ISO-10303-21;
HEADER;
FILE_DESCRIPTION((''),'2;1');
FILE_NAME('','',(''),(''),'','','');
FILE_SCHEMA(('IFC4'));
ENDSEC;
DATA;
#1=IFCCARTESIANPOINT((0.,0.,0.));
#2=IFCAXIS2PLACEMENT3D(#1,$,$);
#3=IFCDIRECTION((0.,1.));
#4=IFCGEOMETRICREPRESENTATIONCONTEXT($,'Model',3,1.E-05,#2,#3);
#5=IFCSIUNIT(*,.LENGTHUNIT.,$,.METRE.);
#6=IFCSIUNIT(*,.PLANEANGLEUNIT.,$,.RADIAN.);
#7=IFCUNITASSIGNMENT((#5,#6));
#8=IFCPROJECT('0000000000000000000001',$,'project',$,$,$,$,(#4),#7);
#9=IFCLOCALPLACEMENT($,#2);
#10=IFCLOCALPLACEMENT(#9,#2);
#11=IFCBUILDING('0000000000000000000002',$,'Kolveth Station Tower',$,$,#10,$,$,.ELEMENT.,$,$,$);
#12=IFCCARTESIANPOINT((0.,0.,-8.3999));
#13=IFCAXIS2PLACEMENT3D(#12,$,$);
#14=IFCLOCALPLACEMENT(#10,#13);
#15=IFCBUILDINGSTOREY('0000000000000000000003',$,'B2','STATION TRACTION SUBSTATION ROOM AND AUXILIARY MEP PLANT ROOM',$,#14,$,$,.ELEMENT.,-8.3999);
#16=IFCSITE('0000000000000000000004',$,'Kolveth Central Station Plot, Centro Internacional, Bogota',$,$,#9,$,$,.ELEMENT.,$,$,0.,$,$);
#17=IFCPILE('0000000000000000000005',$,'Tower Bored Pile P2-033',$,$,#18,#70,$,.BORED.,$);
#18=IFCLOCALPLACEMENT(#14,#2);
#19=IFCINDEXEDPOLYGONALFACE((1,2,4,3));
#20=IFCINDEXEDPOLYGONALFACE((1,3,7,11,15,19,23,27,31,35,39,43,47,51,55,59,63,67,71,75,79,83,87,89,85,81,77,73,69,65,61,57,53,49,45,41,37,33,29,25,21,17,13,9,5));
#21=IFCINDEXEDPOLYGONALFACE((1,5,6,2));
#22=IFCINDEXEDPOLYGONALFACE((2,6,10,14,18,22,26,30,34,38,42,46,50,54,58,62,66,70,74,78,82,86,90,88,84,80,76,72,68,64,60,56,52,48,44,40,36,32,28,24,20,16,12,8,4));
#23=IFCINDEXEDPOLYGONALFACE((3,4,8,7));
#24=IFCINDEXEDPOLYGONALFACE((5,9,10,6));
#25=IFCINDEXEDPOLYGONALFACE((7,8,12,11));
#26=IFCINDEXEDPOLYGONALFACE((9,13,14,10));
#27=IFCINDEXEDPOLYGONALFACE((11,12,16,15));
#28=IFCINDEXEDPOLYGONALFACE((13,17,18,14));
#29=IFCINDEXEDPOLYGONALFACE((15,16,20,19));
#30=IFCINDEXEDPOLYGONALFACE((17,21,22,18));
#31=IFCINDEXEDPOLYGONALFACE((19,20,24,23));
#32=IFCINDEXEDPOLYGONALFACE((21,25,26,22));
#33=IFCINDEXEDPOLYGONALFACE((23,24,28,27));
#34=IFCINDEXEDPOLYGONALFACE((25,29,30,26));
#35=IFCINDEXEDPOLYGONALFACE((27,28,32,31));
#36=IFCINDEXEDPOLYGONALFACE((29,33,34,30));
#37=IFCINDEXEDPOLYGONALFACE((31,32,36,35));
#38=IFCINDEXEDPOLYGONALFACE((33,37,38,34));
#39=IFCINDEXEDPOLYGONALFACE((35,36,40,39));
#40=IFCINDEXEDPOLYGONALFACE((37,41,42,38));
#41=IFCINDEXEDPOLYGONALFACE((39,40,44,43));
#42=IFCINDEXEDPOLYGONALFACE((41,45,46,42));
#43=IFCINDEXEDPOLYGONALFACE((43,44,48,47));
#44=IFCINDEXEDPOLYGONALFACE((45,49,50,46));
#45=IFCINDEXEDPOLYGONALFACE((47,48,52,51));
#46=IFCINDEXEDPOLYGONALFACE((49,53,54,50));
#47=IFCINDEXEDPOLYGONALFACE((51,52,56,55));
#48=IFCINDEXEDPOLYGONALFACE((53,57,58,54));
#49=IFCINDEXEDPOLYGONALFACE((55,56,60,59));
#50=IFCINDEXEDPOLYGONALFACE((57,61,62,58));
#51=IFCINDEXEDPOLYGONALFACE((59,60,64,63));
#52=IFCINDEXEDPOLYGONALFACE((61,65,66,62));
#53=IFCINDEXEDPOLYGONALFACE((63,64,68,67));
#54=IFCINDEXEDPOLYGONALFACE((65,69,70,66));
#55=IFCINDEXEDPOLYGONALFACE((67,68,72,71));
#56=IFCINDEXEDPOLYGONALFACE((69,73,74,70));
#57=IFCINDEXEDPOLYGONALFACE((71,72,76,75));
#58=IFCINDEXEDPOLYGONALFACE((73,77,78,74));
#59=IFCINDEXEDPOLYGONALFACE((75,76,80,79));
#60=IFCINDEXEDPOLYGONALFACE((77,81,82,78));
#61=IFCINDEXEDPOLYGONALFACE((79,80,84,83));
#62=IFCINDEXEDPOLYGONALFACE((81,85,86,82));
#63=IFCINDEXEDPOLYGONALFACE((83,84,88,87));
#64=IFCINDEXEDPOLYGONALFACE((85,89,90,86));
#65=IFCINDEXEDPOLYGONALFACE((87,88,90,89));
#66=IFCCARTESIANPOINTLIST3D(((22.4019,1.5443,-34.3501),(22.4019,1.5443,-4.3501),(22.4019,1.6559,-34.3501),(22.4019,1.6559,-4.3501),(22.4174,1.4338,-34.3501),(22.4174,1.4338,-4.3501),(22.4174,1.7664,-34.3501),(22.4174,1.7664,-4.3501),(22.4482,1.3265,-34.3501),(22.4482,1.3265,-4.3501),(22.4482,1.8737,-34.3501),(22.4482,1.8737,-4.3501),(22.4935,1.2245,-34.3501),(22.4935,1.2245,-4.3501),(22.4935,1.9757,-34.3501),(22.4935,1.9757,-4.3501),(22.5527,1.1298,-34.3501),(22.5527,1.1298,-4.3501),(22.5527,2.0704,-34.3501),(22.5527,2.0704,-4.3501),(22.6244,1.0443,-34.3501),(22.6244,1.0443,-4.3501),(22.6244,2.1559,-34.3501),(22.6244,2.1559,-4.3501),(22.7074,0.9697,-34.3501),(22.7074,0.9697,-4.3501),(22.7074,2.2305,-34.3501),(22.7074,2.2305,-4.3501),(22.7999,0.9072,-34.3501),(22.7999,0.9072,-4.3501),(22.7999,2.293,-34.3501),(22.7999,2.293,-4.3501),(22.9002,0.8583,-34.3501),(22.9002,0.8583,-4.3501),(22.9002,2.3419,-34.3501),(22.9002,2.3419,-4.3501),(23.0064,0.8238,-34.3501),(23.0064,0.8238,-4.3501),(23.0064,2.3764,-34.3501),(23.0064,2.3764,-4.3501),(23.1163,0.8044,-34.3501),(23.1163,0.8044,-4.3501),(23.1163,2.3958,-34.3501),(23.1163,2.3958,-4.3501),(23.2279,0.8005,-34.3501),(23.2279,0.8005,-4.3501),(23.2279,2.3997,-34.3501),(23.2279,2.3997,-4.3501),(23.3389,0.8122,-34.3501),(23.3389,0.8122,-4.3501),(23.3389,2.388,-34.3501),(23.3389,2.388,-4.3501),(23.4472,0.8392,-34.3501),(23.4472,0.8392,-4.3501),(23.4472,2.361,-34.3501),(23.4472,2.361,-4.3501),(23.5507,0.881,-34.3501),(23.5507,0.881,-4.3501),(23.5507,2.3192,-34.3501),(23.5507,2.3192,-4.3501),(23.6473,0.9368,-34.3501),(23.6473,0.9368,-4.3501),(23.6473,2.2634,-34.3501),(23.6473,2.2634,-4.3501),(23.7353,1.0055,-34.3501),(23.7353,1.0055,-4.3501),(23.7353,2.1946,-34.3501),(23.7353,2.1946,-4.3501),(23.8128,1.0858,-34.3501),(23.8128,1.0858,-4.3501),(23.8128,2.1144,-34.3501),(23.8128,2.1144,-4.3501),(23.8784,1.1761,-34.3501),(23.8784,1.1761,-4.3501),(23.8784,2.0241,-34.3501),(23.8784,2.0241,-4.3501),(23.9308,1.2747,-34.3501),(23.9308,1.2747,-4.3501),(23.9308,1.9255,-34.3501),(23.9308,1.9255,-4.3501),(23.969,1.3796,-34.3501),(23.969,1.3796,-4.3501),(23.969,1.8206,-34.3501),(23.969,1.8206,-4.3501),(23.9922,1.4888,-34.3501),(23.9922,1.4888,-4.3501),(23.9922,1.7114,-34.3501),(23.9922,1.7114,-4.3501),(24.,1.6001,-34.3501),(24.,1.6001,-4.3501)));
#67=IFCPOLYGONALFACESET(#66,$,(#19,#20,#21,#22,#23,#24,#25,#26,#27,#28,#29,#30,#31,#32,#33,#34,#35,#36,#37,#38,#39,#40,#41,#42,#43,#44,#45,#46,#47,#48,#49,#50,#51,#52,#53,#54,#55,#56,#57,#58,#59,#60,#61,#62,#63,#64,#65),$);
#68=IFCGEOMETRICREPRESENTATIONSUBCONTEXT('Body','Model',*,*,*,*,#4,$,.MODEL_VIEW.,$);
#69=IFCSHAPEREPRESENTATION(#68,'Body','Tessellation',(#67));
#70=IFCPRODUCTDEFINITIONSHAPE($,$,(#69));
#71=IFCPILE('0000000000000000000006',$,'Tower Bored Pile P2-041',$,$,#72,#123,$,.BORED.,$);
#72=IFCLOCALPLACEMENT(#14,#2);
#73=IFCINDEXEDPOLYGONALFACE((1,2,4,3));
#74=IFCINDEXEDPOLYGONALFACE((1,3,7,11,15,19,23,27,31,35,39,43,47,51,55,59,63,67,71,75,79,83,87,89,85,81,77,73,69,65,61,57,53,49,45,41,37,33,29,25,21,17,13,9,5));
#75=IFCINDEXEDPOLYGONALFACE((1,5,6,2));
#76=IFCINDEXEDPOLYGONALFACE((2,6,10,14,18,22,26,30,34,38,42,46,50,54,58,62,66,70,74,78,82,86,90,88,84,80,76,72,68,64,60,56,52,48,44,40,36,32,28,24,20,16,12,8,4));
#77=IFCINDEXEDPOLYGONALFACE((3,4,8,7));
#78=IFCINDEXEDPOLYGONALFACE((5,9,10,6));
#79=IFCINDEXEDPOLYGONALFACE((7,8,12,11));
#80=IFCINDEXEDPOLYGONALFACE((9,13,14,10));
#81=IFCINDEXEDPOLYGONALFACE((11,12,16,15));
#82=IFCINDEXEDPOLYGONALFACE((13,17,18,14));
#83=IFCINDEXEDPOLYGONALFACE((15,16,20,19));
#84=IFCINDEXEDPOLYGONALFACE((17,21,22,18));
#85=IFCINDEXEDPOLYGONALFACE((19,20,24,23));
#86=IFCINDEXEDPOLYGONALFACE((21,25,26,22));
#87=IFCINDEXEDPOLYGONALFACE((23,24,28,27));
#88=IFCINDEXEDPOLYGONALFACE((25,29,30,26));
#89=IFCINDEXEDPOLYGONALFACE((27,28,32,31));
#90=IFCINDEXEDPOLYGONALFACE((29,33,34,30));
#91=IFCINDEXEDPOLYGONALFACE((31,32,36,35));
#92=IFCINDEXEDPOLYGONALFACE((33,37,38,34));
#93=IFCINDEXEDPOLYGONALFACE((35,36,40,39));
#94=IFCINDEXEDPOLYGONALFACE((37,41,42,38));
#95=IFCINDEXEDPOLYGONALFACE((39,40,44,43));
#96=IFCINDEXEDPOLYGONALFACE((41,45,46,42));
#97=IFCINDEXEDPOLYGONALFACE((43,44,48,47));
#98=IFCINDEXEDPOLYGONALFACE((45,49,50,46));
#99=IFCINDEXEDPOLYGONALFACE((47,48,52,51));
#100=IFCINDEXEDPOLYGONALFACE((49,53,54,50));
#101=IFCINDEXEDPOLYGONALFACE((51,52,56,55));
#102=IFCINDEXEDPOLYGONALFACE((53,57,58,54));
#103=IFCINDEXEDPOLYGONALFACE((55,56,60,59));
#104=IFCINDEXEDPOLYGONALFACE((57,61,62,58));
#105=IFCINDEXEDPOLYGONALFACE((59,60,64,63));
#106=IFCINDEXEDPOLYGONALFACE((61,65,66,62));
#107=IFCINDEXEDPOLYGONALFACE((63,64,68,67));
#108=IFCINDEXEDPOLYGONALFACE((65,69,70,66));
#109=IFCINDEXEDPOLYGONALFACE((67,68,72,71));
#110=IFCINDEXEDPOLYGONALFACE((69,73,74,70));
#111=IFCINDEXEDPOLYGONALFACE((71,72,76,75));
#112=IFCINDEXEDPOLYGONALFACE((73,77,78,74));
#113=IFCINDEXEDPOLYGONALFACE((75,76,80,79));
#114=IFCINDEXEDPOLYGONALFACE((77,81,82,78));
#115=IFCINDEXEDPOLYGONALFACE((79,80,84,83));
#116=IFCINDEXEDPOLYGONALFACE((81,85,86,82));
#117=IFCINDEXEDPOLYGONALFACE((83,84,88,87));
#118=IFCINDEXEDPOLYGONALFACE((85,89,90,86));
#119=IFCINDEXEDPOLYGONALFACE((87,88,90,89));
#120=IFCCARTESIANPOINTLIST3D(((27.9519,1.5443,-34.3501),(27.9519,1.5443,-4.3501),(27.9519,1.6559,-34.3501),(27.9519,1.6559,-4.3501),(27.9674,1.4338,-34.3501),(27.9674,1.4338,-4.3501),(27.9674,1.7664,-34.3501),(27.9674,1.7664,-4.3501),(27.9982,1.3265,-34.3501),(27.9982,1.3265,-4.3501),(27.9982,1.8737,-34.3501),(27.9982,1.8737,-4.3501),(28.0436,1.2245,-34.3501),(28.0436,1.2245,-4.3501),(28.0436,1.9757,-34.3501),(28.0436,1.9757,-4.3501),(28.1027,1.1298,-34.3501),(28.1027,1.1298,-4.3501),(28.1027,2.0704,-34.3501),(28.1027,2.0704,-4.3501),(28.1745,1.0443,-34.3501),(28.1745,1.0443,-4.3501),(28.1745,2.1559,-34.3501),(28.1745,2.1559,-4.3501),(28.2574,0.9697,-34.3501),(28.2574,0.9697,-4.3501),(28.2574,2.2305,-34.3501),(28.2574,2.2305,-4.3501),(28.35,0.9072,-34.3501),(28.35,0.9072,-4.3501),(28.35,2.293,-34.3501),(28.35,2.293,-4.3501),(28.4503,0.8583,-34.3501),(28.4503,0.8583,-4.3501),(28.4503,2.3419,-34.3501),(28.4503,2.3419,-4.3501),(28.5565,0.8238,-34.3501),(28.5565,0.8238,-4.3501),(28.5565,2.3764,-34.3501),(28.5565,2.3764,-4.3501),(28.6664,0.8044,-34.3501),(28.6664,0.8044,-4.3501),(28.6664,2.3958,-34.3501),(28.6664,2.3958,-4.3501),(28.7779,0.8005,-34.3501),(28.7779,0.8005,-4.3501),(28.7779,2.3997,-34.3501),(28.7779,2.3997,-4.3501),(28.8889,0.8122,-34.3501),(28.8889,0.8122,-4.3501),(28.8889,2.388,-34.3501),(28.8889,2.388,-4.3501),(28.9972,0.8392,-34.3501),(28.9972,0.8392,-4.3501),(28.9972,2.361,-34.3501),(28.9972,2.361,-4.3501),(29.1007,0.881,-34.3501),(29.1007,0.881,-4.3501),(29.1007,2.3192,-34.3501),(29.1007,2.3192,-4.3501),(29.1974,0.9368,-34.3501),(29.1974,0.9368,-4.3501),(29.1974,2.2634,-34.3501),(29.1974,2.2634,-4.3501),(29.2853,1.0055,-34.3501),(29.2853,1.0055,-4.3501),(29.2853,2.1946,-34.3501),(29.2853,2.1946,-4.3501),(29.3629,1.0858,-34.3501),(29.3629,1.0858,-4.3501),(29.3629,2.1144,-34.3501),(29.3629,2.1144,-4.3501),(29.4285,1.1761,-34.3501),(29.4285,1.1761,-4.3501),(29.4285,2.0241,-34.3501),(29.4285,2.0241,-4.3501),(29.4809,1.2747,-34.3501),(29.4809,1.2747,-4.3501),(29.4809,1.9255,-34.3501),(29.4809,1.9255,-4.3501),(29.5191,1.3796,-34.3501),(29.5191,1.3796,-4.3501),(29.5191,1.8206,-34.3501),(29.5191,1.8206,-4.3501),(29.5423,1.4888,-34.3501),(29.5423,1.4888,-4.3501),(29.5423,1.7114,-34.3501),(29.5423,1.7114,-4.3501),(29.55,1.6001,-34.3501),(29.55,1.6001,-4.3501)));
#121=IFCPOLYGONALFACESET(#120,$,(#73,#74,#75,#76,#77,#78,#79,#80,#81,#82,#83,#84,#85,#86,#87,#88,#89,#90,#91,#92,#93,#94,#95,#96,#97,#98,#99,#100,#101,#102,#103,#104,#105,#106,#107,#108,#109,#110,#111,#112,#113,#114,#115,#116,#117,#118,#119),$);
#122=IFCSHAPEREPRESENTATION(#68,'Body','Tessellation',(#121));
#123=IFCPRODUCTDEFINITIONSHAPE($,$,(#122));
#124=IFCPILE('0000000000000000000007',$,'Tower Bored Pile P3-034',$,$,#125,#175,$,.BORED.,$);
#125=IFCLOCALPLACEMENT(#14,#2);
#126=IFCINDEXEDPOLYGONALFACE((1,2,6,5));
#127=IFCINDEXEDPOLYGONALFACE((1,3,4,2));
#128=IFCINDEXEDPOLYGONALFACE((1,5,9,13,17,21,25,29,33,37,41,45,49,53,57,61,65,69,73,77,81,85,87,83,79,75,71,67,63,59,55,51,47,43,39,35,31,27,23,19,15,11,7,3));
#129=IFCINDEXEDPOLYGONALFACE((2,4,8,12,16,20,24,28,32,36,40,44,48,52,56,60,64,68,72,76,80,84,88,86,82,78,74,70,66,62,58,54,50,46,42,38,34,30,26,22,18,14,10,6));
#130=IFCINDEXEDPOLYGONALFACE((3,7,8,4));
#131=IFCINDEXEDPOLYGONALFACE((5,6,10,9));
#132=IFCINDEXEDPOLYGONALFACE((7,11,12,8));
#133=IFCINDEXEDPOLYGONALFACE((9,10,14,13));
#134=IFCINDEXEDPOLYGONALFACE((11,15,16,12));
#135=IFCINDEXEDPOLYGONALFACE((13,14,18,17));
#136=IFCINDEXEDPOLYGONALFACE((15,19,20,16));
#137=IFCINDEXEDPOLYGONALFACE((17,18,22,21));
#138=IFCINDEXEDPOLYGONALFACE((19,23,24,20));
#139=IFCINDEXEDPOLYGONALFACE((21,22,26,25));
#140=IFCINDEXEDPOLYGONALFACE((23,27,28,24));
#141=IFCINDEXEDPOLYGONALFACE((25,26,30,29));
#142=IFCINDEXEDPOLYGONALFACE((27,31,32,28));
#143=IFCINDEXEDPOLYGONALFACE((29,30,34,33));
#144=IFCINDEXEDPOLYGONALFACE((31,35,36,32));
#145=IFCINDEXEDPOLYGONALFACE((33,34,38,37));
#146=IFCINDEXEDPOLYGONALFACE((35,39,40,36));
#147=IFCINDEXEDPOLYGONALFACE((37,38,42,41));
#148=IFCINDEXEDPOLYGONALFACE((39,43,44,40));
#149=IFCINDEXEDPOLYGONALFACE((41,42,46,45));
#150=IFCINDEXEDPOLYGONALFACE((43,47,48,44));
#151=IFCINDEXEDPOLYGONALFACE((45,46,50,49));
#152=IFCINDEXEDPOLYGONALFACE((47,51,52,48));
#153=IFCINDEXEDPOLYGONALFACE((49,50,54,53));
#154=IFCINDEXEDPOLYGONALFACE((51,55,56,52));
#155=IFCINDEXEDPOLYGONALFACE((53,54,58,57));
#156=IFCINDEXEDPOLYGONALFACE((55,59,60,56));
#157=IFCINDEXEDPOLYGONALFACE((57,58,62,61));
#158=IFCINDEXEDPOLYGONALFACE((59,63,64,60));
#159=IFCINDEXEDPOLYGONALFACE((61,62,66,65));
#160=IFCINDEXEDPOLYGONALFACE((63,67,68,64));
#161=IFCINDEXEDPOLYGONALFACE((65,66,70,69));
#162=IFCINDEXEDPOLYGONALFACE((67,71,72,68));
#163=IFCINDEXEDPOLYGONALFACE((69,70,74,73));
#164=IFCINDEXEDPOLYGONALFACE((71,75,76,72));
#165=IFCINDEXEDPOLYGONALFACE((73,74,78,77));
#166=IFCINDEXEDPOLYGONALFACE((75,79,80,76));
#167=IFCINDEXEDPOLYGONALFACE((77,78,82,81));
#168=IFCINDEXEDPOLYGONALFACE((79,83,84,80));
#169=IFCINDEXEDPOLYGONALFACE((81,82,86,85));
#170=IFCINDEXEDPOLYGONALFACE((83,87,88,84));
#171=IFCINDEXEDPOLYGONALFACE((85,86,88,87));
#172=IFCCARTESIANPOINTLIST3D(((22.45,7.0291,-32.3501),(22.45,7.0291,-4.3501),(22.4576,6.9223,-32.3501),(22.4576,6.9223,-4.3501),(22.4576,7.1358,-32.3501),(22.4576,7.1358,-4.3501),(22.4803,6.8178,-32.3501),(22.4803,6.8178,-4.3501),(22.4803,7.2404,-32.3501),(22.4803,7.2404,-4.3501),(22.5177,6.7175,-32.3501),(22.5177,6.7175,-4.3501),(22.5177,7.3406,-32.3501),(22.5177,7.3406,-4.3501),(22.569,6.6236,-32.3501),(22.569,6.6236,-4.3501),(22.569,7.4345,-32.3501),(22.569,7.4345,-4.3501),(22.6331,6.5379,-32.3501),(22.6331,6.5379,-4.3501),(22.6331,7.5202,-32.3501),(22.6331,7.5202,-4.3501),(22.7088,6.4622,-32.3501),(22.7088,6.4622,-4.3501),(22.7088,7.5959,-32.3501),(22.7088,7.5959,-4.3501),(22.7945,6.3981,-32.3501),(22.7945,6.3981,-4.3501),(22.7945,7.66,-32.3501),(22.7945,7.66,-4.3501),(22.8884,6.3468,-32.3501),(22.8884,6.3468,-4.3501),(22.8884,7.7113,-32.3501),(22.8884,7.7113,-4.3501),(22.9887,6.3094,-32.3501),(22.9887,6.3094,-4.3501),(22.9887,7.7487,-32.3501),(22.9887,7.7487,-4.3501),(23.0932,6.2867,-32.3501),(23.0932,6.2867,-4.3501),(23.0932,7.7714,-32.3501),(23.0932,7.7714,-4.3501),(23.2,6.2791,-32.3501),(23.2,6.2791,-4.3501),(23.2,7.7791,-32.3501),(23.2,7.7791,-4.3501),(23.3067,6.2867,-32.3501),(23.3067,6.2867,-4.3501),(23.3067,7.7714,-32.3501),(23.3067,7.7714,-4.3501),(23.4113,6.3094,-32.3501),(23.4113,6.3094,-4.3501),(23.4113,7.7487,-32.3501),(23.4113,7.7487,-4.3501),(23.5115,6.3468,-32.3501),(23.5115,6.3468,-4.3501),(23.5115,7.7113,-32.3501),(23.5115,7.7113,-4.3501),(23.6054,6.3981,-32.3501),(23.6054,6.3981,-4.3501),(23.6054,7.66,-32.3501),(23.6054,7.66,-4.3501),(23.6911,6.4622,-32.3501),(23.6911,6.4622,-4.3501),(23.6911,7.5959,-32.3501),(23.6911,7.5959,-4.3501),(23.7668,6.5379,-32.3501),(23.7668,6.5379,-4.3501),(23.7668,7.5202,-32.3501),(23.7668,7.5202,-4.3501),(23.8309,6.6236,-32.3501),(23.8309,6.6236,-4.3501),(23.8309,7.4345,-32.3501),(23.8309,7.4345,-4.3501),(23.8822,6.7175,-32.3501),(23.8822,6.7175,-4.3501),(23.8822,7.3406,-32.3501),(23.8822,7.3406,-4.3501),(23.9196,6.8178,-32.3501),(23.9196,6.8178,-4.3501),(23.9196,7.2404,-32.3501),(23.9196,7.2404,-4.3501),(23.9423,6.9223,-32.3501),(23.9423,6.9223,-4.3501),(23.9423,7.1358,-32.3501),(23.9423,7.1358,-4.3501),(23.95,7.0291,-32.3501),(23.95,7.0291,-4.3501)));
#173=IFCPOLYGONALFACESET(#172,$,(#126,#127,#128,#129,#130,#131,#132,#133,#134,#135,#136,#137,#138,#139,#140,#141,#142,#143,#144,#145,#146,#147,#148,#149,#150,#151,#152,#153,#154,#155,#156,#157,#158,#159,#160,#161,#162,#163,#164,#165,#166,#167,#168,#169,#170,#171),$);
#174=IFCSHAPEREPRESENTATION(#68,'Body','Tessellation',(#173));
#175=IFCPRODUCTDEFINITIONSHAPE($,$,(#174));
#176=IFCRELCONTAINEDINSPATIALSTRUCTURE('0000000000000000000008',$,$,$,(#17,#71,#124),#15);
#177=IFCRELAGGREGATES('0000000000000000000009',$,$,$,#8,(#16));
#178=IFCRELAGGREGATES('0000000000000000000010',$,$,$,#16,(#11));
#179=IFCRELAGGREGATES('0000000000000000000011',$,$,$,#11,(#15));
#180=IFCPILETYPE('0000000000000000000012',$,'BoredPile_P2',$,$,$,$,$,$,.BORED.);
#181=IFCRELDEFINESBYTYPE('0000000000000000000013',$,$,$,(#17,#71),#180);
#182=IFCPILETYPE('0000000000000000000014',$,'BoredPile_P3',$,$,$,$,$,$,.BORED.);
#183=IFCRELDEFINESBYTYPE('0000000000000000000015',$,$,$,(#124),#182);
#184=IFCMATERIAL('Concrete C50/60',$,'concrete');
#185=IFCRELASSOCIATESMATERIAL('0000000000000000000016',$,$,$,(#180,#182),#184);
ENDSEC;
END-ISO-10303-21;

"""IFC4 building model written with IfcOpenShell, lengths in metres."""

from ifc_helpers import new_model, si_unit, direction, frame, origin, origin_2d, place, context, subcontext, project, spatial, circle, extrude, source, transform, mapped, material, material_profile, profile_set, type_object, element, save


model = new_model("IFC4")

# Units and contexts
model_context = context("Model", 3, precision=1e-05, world=origin(), true_north=direction((0.0, 1.0)))
body_context = subcontext(model_context, "Body", "Model", "MODEL_VIEW")
ifc_project = project(units=[si_unit("LENGTHUNIT", "METRE"), si_unit("PLANEANGLEUNIT", "RADIAN")], contexts=[model_context])

# Site, building, storey
site_placement = place(None, origin())
site = spatial("IfcSite", under=ifc_project, at=site_placement, Name="Kolveth Central Station Plot, Centro Internacional, Bogota", CompositionType="ELEMENT", RefElevation=0.0)
building_placement = place(site_placement, origin())
building = spatial("IfcBuilding", under=site, at=building_placement, Name="Kolveth Station Tower", CompositionType="ELEMENT")
storey_placement = place(building_placement, frame((0.0, 0.0, -8.3999)))
storey = spatial("IfcBuildingStorey", under=building, at=storey_placement, Name="B2", Description="STATION TRACTION SUBSTATION ROOM AND AUXILIARY MEP PLANT ROOM", CompositionType="ELEMENT", Elevation=-8.3999)

# Piles
ifc_material_1 = material(Name="Concrete C50/60", Category="concrete")
ifc_material_profile_1 = material_profile(ifc_material_1, circle(Radius=0.8, at=origin_2d()), Name="PILE-D1600")
ifc_profile_set_1 = profile_set([ifc_material_profile_1], Name="Concrete C50/60")
pile_type_1 = type_object("IfcPileType", Name="BoredPile_P2", PredefinedType="BORED", material=ifc_profile_set_1)
shared_shape_1 = source(origin(), body_context, "Body", "SweptSolid", [
    extrude(circle(Radius=0.8, at=origin_2d()), origin(), (0.0, 0.0, 1.0), 30.0),
])
for number, where, z_axis, x_axis, name in (
    (1, (23.2, 1.6001, -4.3501), (0.0, 0.0, -1.0), (1.0, 0.0, 0.0), "Tower Bored Pile P2-033"),
    (2, (28.75, 1.6001, -4.3501), (0.0, 0.0, -1.0), (1.0, 0.0, 0.0), "Tower Bored Pile P2-041"),
):
    element("IfcPile", number, at=place(storey_placement, frame(where, z_axis=z_axis, x_axis=x_axis)), inside=storey, type_object=pile_type_1, Name=name, PredefinedType="BORED", context=body_context, shape_type="MappedRepresentation", body=[
        mapped(shared_shape_1, transform((0.0, 0.0, 0.0), x_axis=(1.0, 0.0, 0.0), y_axis=(0.0, 1.0, 0.0), z_axis=(0.0, 0.0, 1.0), scale=1.0)),
    ])
ifc_material_profile_2 = material_profile(ifc_material_1, circle(Radius=0.75, at=origin_2d()), Name="PILE-D1500")
ifc_profile_set_2 = profile_set([ifc_material_profile_2], Name="Concrete C50/60")
pile_type_2 = type_object("IfcPileType", Name="BoredPile_P3", PredefinedType="BORED", material=ifc_profile_set_2)
shared_shape_2 = source(origin(), body_context, "Body", "SweptSolid", [
    extrude(circle(Radius=0.75, at=origin_2d()), origin(), (0.0, 0.0, 1.0), 28.0),
])
for number, where, z_axis, x_axis, name in (
    (3, (23.2, 7.0291, -4.3501), (0.0, 0.0, -1.0), (1.0, 0.0, 0.0), "Tower Bored Pile P3-034"),
):
    element("IfcPile", number, at=place(storey_placement, frame(where, z_axis=z_axis, x_axis=x_axis)), inside=storey, type_object=pile_type_2, Name=name, PredefinedType="BORED", context=body_context, shape_type="MappedRepresentation", body=[
        mapped(shared_shape_2, transform((0.0, 0.0, 0.0), x_axis=(1.0, 0.0, 0.0), y_axis=(0.0, 1.0, 0.0), z_axis=(0.0, 0.0, 1.0), scale=1.0)),
    ])

save(model, "model.ifc")
